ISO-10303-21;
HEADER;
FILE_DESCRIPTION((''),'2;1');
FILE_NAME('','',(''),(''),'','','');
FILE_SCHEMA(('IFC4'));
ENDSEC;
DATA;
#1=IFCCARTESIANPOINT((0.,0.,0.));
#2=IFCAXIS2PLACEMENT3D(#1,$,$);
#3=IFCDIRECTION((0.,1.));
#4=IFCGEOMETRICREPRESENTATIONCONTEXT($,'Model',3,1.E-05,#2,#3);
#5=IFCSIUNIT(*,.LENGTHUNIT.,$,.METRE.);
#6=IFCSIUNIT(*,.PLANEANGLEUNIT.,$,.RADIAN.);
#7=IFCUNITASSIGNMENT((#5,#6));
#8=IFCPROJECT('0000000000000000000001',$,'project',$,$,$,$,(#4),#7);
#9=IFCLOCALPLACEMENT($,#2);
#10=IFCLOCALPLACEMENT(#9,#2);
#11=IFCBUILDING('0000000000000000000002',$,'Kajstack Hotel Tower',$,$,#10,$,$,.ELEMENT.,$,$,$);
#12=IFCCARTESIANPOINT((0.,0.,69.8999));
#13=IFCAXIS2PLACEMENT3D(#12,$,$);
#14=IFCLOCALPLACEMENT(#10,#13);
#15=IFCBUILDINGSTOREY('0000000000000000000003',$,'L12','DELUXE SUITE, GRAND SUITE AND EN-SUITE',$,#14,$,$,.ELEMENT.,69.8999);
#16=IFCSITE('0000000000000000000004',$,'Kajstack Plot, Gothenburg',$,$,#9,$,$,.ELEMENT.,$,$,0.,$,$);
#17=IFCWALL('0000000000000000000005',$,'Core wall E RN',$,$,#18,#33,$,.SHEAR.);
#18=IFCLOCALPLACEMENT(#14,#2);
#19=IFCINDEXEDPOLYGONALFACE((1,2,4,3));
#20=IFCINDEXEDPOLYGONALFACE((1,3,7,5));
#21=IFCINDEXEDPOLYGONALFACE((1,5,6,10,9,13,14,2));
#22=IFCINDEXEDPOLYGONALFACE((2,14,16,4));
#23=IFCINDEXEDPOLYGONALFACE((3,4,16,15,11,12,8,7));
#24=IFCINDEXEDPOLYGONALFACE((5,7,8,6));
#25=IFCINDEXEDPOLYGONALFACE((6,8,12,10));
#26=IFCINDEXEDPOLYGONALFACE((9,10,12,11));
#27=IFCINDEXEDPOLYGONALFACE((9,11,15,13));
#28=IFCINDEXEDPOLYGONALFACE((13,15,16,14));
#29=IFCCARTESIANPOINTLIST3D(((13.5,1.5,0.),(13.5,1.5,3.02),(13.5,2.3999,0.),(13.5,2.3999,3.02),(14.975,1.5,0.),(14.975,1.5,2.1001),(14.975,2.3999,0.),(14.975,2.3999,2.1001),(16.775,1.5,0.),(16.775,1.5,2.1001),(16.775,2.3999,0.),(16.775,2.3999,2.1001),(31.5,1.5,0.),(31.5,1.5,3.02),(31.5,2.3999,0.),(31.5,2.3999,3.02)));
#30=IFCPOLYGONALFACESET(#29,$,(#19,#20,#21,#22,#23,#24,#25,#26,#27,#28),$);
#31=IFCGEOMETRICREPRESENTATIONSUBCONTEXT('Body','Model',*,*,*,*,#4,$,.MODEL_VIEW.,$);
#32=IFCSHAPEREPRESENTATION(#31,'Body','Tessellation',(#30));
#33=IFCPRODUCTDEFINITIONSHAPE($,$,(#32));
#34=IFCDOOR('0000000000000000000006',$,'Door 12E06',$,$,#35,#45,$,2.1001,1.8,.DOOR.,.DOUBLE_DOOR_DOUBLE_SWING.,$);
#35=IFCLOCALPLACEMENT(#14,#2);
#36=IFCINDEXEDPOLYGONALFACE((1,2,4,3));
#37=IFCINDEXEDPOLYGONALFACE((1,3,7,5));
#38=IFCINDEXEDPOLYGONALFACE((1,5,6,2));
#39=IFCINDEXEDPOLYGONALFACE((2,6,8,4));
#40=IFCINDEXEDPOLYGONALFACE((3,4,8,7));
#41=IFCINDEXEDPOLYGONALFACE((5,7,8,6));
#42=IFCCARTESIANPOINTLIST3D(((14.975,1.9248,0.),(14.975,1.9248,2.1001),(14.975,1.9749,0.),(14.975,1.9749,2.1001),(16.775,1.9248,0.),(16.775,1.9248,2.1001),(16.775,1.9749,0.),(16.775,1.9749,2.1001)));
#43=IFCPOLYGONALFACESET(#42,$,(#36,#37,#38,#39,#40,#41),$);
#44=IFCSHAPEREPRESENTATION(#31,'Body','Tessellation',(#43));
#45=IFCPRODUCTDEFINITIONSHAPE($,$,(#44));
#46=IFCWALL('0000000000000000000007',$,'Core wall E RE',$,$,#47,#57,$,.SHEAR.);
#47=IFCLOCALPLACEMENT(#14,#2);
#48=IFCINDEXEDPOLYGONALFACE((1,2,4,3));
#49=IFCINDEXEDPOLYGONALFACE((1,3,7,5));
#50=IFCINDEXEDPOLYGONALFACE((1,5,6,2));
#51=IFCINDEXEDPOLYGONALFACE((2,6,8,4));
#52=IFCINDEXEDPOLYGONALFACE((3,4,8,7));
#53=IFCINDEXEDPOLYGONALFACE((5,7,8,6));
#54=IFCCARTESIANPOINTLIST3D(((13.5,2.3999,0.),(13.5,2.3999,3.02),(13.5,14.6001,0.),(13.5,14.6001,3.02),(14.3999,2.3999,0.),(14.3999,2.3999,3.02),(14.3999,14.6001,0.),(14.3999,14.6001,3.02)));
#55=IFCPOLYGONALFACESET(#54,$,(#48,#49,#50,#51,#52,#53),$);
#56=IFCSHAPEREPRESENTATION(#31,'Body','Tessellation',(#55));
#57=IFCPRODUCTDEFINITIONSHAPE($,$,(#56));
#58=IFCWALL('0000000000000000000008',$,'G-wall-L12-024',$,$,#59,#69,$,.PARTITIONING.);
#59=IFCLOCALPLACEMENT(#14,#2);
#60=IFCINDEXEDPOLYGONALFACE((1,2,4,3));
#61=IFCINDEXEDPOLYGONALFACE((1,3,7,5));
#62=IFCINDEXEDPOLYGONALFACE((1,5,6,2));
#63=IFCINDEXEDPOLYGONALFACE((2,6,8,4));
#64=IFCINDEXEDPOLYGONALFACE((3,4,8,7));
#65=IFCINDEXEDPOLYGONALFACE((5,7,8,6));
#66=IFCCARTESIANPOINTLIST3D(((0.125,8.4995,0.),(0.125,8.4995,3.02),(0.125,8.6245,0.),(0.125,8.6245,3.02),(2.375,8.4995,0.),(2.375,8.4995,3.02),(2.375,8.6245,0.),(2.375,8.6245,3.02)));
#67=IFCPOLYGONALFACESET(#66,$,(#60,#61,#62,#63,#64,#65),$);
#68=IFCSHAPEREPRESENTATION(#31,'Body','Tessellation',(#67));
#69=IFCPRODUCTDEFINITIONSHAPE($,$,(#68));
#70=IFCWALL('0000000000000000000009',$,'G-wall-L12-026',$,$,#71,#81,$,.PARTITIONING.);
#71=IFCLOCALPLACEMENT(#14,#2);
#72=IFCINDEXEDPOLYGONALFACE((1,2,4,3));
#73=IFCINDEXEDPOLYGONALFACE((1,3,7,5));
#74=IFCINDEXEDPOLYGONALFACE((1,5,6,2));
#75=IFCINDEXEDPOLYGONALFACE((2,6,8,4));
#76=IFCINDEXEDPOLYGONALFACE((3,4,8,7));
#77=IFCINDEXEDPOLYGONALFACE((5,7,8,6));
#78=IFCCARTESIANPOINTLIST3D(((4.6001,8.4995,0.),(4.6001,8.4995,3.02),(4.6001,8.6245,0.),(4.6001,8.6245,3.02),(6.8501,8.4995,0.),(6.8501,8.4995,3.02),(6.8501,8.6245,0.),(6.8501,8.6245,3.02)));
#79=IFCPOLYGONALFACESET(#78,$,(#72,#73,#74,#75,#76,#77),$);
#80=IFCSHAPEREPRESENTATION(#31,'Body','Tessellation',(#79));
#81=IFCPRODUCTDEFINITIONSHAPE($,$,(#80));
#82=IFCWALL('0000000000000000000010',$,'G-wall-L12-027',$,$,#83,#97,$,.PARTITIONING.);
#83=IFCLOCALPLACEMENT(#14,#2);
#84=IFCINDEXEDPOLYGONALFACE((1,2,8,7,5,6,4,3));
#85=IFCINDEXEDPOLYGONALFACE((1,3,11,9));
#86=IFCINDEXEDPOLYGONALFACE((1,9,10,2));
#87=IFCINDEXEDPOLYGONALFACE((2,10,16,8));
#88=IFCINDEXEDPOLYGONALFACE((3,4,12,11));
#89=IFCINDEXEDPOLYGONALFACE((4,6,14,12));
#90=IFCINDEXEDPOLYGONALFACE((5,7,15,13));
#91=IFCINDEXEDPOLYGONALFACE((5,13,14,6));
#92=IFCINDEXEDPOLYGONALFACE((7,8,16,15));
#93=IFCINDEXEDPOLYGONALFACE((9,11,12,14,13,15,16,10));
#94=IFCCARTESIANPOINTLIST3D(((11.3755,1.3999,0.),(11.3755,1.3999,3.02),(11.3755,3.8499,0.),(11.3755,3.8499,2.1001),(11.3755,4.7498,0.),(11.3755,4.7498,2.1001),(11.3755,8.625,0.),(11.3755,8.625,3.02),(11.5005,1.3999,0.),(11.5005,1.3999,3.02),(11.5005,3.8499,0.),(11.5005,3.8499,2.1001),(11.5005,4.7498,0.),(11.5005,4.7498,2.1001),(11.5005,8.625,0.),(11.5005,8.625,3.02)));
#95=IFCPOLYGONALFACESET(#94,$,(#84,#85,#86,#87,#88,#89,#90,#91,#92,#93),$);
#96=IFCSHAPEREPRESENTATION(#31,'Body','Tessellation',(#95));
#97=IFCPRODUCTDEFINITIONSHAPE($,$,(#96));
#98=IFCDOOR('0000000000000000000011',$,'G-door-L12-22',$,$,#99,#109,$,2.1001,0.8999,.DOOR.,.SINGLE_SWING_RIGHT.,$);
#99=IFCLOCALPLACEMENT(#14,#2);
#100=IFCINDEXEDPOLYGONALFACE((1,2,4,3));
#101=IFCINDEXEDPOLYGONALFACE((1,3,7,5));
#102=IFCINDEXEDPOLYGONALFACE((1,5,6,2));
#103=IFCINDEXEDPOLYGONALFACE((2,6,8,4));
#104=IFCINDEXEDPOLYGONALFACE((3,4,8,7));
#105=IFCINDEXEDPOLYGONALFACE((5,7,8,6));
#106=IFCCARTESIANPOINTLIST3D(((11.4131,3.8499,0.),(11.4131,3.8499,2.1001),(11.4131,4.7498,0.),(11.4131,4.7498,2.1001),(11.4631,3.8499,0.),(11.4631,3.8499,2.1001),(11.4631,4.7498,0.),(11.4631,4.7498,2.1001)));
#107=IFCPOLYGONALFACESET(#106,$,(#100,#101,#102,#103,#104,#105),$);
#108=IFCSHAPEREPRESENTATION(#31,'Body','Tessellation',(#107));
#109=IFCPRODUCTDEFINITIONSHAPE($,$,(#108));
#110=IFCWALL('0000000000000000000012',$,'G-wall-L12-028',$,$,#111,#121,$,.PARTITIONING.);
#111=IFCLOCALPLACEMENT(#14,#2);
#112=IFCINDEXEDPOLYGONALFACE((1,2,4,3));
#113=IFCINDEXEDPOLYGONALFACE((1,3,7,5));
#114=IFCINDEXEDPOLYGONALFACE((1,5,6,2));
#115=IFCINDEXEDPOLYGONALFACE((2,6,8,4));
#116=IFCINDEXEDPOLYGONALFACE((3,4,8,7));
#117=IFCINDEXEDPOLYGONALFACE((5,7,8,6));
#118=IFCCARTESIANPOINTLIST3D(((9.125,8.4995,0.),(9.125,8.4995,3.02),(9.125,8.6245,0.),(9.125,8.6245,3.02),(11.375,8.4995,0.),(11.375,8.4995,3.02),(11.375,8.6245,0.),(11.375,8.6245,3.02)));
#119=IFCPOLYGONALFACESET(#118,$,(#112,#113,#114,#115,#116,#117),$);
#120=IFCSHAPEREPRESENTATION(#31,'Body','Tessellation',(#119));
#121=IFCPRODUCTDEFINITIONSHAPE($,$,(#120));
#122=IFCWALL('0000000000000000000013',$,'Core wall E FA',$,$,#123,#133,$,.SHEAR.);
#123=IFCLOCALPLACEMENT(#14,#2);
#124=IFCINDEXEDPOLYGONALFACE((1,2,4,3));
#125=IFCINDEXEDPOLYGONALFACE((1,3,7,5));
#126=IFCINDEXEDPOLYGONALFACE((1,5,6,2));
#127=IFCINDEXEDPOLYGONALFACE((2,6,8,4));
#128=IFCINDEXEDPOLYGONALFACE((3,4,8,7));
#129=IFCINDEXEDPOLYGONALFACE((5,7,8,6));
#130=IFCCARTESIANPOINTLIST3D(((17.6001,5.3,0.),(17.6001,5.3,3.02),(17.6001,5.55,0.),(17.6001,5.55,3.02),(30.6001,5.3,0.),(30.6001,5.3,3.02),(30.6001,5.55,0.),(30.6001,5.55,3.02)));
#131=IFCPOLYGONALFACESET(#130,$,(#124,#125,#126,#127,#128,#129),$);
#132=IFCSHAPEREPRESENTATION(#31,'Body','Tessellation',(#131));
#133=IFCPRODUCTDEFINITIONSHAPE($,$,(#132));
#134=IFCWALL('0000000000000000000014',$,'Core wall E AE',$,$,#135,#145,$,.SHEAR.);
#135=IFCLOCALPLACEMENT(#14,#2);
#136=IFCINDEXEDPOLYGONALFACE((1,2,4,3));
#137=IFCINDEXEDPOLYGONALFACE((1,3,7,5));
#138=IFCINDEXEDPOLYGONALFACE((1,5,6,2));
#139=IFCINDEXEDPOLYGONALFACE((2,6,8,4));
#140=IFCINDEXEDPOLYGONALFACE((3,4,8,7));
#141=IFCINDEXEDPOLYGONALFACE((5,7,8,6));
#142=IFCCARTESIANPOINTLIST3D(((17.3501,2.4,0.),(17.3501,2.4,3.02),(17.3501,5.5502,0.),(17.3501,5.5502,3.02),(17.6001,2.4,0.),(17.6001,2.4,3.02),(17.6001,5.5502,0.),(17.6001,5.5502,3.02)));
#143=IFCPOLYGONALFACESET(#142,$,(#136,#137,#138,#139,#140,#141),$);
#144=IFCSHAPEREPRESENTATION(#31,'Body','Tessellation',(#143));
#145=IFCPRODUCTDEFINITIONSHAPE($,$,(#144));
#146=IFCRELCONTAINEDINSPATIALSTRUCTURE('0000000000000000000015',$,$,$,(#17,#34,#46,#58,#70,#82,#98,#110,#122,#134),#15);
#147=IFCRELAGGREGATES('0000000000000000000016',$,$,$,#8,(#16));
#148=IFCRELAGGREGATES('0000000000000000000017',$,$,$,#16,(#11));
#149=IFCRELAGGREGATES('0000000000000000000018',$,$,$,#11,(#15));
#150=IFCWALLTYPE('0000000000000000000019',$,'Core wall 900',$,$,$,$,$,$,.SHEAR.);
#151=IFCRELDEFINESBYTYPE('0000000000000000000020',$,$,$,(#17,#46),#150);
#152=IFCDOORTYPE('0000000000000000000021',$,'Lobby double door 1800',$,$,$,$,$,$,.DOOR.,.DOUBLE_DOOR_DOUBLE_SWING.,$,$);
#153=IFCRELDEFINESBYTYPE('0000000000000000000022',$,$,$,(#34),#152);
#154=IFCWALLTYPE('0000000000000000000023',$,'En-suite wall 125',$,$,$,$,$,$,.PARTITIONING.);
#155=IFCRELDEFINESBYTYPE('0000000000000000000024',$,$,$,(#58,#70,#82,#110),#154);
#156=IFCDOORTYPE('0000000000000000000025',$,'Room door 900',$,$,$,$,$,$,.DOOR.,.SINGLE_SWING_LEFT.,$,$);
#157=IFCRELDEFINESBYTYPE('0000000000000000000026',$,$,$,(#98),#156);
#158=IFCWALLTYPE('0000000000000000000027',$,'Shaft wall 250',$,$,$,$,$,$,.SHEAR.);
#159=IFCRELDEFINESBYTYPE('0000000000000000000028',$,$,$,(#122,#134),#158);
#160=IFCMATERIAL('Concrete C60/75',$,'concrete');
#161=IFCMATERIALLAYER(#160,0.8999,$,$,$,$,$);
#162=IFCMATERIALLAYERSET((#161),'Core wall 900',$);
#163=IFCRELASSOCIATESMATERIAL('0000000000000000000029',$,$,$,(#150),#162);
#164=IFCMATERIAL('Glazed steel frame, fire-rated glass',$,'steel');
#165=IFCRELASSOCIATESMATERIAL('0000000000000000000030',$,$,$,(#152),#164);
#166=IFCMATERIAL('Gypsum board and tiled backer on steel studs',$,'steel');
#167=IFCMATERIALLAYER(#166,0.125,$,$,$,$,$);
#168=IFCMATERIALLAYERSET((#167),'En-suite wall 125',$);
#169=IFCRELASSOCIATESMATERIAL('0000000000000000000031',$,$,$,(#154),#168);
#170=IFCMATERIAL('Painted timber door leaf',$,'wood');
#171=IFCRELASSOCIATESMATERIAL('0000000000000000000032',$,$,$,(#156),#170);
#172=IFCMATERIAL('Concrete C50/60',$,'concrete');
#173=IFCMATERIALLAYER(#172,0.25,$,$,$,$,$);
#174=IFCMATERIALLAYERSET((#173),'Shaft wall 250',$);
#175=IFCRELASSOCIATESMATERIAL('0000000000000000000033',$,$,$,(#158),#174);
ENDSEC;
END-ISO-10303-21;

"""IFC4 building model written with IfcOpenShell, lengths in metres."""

from ifc_helpers import new_model, si_unit, direction, frame, frame_2d, origin, place, context, subcontext, project, spatial, rectangle, extrude, material, layer, layer_set, type_object, element, fill, save


model = new_model("IFC4")

# Units and contexts
model_context = context("Model", 3, precision=1e-05, world=origin(), true_north=direction((0.0, 1.0)))
body_context = subcontext(model_context, "Body", "Model", "MODEL_VIEW")
ifc_project = project(units=[si_unit("LENGTHUNIT", "METRE"), si_unit("PLANEANGLEUNIT", "RADIAN")], contexts=[model_context])

# Site, building, storey
site_placement = place(None, origin())
site = spatial("IfcSite", under=ifc_project, at=site_placement, Name="Kajstack Plot, Gothenburg", CompositionType="ELEMENT", RefElevation=0.0)
building_placement = place(site_placement, origin())
building = spatial("IfcBuilding", under=site, at=building_placement, Name="Kajstack Hotel Tower", CompositionType="ELEMENT")
storey_placement = place(building_placement, frame((0.0, 0.0, 69.8999)))
storey = spatial("IfcBuildingStorey", under=building, at=storey_placement, Name="L12", Description="DELUXE SUITE, GRAND SUITE AND EN-SUITE", CompositionType="ELEMENT", Elevation=69.8999)

# Wall, opening, door
ifc_material_1 = material(Name="Concrete C60/75", Category="concrete")
ifc_layer_1 = layer(ifc_material_1, 0.8999)
ifc_layer_set_1 = layer_set([ifc_layer_1], Name="Core wall 900")
wall_type_1 = type_object("IfcWallType", Name="Core wall 900", PredefinedType="SHEAR", material=ifc_layer_set_1)
wall_1_placement = place(storey_placement, frame((13.5, 1.95, 0.0), z_axis=(0.0, 0.0, 1.0), x_axis=(1.0, 0.0, 0.0)))
wall_1 = element("IfcWall", 1, at=wall_1_placement, inside=storey, type_object=wall_type_1, Name="Core wall E RN", PredefinedType="SHEAR", context=body_context, shape_type="SweptSolid", body=[
    extrude(rectangle(XDim=18.0, YDim=0.8999, at=frame_2d((9.0, 0.0))), origin(), (0.0, 0.0, 1.0), 3.02),
])
opening_1_placement = place(wall_1_placement, frame((1.4751, 0.0, 0.0)))
opening_1 = element("IfcOpeningElement", 2, at=opening_1_placement, cuts=wall_1, PredefinedType="OPENING", context=body_context, shape_type="SweptSolid", body=[
    extrude(rectangle(XDim=1.8, YDim=2.1001, at=frame_2d((0.8999, 1.05))), frame((0.0, 0.46, 0.0), z_axis=(0.0, -1.0, 0.0), x_axis=(1.0, 0.0, 0.0)), (0.0, 0.0, 1.0), 0.9199),
])
ifc_material_2 = material(Name="Glazed steel frame, fire-rated glass", Category="steel")
door_type_1 = type_object("IfcDoorType", Name="Lobby double door 1800", OperationType="DOUBLE_DOOR_DOUBLE_SWING", PredefinedType="DOOR", material=ifc_material_2)
door_1_placement = place(opening_1_placement, origin())
door_1 = element("IfcDoor", 3, at=door_1_placement, inside=storey, type_object=door_type_1, Name="Door 12E06", OperationType="DOUBLE_DOOR_DOUBLE_SWING", OverallHeight=2.1001, OverallWidth=1.8, PredefinedType="DOOR", context=body_context, shape_type="SweptSolid", body=[
    extrude(rectangle(XDim=1.8, YDim=2.1001, at=frame_2d((0.8999, 1.05))), frame((0.0, 0.0249, 0.0), z_axis=(0.0, -1.0, 0.0), x_axis=(1.0, 0.0, 0.0)), (0.0, 0.0, 1.0), 0.05),
])
fill(opening_1, door_1)

# Walls
wall_2_placement = place(storey_placement, frame((13.95, 2.3999, 0.0), z_axis=(0.0, 0.0, 1.0), x_axis=(0.0, 1.0, 0.0)))
element("IfcWall", 4, at=wall_2_placement, inside=storey, type_object=wall_type_1, Name="Core wall E RE", PredefinedType="SHEAR", context=body_context, shape_type="SweptSolid", body=[
    extrude(rectangle(XDim=12.2002, YDim=0.8999, at=frame_2d((6.1001, 0.0))), origin(), (0.0, 0.0, 1.0), 3.02),
])
ifc_material_3 = material(Name="Gypsum board and tiled backer on steel studs", Category="steel")
ifc_layer_2 = layer(ifc_material_3, 0.125)
ifc_layer_set_2 = layer_set([ifc_layer_2], Name="En-suite wall 125")
wall_type_2 = type_object("IfcWallType", Name="En-suite wall 125", PredefinedType="PARTITIONING", material=ifc_layer_set_2)
for number, where, z_axis, x_axis, name in (
    (5, (0.125, 8.562, 0.0), (0.0, 0.0, 1.0), (1.0, 0.0, 0.0), "G-wall-L12-024"),
    (6, (4.6001, 8.562, 0.0), (0.0, 0.0, 1.0), (1.0, 0.0, 0.0), "G-wall-L12-026"),
):
    element("IfcWall", number, at=place(storey_placement, frame(where, z_axis=z_axis, x_axis=x_axis)), inside=storey, type_object=wall_type_2, Name=name, PredefinedType="PARTITIONING", context=body_context, shape_type="SweptSolid", body=[
        extrude(rectangle(XDim=2.25, YDim=0.125, at=frame_2d((1.125, 0.0))), origin(), (0.0, 0.0, 1.0), 3.02),
    ])

# Wall, opening, door
wall_3_placement = place(storey_placement, frame((11.438, 1.3999, 0.0), z_axis=(0.0, 0.0, 1.0), x_axis=(0.0, 1.0, 0.0)))
wall_3 = element("IfcWall", 7, at=wall_3_placement, inside=storey, type_object=wall_type_2, Name="G-wall-L12-027", PredefinedType="PARTITIONING", context=body_context, shape_type="SweptSolid", body=[
    extrude(rectangle(XDim=7.2251, YDim=0.125, at=frame_2d((3.6125, 0.0))), origin(), (0.0, 0.0, 1.0), 3.02),
])
opening_2_placement = place(wall_3_placement, frame((2.45, 0.0, 0.0)))
opening_2 = element("IfcOpeningElement", 8, at=opening_2_placement, cuts=wall_3, PredefinedType="OPENING", context=body_context, shape_type="SweptSolid", body=[
    extrude(rectangle(XDim=0.8999, YDim=2.1001, at=frame_2d((0.45, 1.05))), frame((0.0, 0.0725, 0.0), z_axis=(0.0, -1.0, 0.0), x_axis=(1.0, 0.0, 0.0)), (0.0, 0.0, 1.0), 0.145),
])
ifc_material_4 = material(Name="Painted timber door leaf", Category="wood")
door_type_2 = type_object("IfcDoorType", Name="Room door 900", OperationType="SINGLE_SWING_LEFT", PredefinedType="DOOR", material=ifc_material_4)
door_2_placement = place(opening_2_placement, origin())
door_2 = element("IfcDoor", 9, at=door_2_placement, inside=storey, type_object=door_type_2, Name="G-door-L12-22", OperationType="SINGLE_SWING_RIGHT", OverallHeight=2.1001, OverallWidth=0.8999, PredefinedType="DOOR", context=body_context, shape_type="SweptSolid", body=[
    extrude(rectangle(XDim=0.8999, YDim=2.1001, at=frame_2d((0.45, 1.05))), frame((0.0, 0.0249, 0.0), z_axis=(0.0, -1.0, 0.0), x_axis=(1.0, 0.0, 0.0)), (0.0, 0.0, 1.0), 0.05),
])
fill(opening_2, door_2)

# Walls
wall_4_placement = place(storey_placement, frame((9.125, 8.562, 0.0), z_axis=(0.0, 0.0, 1.0), x_axis=(1.0, 0.0, 0.0)))
element("IfcWall", 10, at=wall_4_placement, inside=storey, type_object=wall_type_2, Name="G-wall-L12-028", PredefinedType="PARTITIONING", context=body_context, shape_type="SweptSolid", body=[
    extrude(rectangle(XDim=2.25, YDim=0.125, at=frame_2d((1.125, 0.0))), origin(), (0.0, 0.0, 1.0), 3.02),
])
ifc_material_5 = material(Name="Concrete C50/60", Category="concrete")
ifc_layer_3 = layer(ifc_material_5, 0.25)
ifc_layer_set_3 = layer_set([ifc_layer_3], Name="Shaft wall 250")
wall_type_3 = type_object("IfcWallType", Name="Shaft wall 250", PredefinedType="SHEAR", material=ifc_layer_set_3)
wall_5_placement = place(storey_placement, frame((17.6001, 5.425, 0.0), z_axis=(0.0, 0.0, 1.0), x_axis=(1.0, 0.0, 0.0)))
element("IfcWall", 11, at=wall_5_placement, inside=storey, type_object=wall_type_3, Name="Core wall E FA", PredefinedType="SHEAR", context=body_context, shape_type="SweptSolid", body=[
    extrude(rectangle(XDim=13.0, YDim=0.25, at=frame_2d((6.5, 0.0))), origin(), (0.0, 0.0, 1.0), 3.02),
])
wall_6_placement = place(storey_placement, frame((17.4751, 2.3999, 0.0), z_axis=(0.0, 0.0, 1.0), x_axis=(0.0, 1.0, 0.0)))
element("IfcWall", 12, at=wall_6_placement, inside=storey, type_object=wall_type_3, Name="Core wall E AE", PredefinedType="SHEAR", context=body_context, shape_type="SweptSolid", body=[
    extrude(rectangle(XDim=3.1501, YDim=0.25, at=frame_2d((1.5752, 0.0))), origin(), (0.0, 0.0, 1.0), 3.02),
])

save(model, "model.ifc")
